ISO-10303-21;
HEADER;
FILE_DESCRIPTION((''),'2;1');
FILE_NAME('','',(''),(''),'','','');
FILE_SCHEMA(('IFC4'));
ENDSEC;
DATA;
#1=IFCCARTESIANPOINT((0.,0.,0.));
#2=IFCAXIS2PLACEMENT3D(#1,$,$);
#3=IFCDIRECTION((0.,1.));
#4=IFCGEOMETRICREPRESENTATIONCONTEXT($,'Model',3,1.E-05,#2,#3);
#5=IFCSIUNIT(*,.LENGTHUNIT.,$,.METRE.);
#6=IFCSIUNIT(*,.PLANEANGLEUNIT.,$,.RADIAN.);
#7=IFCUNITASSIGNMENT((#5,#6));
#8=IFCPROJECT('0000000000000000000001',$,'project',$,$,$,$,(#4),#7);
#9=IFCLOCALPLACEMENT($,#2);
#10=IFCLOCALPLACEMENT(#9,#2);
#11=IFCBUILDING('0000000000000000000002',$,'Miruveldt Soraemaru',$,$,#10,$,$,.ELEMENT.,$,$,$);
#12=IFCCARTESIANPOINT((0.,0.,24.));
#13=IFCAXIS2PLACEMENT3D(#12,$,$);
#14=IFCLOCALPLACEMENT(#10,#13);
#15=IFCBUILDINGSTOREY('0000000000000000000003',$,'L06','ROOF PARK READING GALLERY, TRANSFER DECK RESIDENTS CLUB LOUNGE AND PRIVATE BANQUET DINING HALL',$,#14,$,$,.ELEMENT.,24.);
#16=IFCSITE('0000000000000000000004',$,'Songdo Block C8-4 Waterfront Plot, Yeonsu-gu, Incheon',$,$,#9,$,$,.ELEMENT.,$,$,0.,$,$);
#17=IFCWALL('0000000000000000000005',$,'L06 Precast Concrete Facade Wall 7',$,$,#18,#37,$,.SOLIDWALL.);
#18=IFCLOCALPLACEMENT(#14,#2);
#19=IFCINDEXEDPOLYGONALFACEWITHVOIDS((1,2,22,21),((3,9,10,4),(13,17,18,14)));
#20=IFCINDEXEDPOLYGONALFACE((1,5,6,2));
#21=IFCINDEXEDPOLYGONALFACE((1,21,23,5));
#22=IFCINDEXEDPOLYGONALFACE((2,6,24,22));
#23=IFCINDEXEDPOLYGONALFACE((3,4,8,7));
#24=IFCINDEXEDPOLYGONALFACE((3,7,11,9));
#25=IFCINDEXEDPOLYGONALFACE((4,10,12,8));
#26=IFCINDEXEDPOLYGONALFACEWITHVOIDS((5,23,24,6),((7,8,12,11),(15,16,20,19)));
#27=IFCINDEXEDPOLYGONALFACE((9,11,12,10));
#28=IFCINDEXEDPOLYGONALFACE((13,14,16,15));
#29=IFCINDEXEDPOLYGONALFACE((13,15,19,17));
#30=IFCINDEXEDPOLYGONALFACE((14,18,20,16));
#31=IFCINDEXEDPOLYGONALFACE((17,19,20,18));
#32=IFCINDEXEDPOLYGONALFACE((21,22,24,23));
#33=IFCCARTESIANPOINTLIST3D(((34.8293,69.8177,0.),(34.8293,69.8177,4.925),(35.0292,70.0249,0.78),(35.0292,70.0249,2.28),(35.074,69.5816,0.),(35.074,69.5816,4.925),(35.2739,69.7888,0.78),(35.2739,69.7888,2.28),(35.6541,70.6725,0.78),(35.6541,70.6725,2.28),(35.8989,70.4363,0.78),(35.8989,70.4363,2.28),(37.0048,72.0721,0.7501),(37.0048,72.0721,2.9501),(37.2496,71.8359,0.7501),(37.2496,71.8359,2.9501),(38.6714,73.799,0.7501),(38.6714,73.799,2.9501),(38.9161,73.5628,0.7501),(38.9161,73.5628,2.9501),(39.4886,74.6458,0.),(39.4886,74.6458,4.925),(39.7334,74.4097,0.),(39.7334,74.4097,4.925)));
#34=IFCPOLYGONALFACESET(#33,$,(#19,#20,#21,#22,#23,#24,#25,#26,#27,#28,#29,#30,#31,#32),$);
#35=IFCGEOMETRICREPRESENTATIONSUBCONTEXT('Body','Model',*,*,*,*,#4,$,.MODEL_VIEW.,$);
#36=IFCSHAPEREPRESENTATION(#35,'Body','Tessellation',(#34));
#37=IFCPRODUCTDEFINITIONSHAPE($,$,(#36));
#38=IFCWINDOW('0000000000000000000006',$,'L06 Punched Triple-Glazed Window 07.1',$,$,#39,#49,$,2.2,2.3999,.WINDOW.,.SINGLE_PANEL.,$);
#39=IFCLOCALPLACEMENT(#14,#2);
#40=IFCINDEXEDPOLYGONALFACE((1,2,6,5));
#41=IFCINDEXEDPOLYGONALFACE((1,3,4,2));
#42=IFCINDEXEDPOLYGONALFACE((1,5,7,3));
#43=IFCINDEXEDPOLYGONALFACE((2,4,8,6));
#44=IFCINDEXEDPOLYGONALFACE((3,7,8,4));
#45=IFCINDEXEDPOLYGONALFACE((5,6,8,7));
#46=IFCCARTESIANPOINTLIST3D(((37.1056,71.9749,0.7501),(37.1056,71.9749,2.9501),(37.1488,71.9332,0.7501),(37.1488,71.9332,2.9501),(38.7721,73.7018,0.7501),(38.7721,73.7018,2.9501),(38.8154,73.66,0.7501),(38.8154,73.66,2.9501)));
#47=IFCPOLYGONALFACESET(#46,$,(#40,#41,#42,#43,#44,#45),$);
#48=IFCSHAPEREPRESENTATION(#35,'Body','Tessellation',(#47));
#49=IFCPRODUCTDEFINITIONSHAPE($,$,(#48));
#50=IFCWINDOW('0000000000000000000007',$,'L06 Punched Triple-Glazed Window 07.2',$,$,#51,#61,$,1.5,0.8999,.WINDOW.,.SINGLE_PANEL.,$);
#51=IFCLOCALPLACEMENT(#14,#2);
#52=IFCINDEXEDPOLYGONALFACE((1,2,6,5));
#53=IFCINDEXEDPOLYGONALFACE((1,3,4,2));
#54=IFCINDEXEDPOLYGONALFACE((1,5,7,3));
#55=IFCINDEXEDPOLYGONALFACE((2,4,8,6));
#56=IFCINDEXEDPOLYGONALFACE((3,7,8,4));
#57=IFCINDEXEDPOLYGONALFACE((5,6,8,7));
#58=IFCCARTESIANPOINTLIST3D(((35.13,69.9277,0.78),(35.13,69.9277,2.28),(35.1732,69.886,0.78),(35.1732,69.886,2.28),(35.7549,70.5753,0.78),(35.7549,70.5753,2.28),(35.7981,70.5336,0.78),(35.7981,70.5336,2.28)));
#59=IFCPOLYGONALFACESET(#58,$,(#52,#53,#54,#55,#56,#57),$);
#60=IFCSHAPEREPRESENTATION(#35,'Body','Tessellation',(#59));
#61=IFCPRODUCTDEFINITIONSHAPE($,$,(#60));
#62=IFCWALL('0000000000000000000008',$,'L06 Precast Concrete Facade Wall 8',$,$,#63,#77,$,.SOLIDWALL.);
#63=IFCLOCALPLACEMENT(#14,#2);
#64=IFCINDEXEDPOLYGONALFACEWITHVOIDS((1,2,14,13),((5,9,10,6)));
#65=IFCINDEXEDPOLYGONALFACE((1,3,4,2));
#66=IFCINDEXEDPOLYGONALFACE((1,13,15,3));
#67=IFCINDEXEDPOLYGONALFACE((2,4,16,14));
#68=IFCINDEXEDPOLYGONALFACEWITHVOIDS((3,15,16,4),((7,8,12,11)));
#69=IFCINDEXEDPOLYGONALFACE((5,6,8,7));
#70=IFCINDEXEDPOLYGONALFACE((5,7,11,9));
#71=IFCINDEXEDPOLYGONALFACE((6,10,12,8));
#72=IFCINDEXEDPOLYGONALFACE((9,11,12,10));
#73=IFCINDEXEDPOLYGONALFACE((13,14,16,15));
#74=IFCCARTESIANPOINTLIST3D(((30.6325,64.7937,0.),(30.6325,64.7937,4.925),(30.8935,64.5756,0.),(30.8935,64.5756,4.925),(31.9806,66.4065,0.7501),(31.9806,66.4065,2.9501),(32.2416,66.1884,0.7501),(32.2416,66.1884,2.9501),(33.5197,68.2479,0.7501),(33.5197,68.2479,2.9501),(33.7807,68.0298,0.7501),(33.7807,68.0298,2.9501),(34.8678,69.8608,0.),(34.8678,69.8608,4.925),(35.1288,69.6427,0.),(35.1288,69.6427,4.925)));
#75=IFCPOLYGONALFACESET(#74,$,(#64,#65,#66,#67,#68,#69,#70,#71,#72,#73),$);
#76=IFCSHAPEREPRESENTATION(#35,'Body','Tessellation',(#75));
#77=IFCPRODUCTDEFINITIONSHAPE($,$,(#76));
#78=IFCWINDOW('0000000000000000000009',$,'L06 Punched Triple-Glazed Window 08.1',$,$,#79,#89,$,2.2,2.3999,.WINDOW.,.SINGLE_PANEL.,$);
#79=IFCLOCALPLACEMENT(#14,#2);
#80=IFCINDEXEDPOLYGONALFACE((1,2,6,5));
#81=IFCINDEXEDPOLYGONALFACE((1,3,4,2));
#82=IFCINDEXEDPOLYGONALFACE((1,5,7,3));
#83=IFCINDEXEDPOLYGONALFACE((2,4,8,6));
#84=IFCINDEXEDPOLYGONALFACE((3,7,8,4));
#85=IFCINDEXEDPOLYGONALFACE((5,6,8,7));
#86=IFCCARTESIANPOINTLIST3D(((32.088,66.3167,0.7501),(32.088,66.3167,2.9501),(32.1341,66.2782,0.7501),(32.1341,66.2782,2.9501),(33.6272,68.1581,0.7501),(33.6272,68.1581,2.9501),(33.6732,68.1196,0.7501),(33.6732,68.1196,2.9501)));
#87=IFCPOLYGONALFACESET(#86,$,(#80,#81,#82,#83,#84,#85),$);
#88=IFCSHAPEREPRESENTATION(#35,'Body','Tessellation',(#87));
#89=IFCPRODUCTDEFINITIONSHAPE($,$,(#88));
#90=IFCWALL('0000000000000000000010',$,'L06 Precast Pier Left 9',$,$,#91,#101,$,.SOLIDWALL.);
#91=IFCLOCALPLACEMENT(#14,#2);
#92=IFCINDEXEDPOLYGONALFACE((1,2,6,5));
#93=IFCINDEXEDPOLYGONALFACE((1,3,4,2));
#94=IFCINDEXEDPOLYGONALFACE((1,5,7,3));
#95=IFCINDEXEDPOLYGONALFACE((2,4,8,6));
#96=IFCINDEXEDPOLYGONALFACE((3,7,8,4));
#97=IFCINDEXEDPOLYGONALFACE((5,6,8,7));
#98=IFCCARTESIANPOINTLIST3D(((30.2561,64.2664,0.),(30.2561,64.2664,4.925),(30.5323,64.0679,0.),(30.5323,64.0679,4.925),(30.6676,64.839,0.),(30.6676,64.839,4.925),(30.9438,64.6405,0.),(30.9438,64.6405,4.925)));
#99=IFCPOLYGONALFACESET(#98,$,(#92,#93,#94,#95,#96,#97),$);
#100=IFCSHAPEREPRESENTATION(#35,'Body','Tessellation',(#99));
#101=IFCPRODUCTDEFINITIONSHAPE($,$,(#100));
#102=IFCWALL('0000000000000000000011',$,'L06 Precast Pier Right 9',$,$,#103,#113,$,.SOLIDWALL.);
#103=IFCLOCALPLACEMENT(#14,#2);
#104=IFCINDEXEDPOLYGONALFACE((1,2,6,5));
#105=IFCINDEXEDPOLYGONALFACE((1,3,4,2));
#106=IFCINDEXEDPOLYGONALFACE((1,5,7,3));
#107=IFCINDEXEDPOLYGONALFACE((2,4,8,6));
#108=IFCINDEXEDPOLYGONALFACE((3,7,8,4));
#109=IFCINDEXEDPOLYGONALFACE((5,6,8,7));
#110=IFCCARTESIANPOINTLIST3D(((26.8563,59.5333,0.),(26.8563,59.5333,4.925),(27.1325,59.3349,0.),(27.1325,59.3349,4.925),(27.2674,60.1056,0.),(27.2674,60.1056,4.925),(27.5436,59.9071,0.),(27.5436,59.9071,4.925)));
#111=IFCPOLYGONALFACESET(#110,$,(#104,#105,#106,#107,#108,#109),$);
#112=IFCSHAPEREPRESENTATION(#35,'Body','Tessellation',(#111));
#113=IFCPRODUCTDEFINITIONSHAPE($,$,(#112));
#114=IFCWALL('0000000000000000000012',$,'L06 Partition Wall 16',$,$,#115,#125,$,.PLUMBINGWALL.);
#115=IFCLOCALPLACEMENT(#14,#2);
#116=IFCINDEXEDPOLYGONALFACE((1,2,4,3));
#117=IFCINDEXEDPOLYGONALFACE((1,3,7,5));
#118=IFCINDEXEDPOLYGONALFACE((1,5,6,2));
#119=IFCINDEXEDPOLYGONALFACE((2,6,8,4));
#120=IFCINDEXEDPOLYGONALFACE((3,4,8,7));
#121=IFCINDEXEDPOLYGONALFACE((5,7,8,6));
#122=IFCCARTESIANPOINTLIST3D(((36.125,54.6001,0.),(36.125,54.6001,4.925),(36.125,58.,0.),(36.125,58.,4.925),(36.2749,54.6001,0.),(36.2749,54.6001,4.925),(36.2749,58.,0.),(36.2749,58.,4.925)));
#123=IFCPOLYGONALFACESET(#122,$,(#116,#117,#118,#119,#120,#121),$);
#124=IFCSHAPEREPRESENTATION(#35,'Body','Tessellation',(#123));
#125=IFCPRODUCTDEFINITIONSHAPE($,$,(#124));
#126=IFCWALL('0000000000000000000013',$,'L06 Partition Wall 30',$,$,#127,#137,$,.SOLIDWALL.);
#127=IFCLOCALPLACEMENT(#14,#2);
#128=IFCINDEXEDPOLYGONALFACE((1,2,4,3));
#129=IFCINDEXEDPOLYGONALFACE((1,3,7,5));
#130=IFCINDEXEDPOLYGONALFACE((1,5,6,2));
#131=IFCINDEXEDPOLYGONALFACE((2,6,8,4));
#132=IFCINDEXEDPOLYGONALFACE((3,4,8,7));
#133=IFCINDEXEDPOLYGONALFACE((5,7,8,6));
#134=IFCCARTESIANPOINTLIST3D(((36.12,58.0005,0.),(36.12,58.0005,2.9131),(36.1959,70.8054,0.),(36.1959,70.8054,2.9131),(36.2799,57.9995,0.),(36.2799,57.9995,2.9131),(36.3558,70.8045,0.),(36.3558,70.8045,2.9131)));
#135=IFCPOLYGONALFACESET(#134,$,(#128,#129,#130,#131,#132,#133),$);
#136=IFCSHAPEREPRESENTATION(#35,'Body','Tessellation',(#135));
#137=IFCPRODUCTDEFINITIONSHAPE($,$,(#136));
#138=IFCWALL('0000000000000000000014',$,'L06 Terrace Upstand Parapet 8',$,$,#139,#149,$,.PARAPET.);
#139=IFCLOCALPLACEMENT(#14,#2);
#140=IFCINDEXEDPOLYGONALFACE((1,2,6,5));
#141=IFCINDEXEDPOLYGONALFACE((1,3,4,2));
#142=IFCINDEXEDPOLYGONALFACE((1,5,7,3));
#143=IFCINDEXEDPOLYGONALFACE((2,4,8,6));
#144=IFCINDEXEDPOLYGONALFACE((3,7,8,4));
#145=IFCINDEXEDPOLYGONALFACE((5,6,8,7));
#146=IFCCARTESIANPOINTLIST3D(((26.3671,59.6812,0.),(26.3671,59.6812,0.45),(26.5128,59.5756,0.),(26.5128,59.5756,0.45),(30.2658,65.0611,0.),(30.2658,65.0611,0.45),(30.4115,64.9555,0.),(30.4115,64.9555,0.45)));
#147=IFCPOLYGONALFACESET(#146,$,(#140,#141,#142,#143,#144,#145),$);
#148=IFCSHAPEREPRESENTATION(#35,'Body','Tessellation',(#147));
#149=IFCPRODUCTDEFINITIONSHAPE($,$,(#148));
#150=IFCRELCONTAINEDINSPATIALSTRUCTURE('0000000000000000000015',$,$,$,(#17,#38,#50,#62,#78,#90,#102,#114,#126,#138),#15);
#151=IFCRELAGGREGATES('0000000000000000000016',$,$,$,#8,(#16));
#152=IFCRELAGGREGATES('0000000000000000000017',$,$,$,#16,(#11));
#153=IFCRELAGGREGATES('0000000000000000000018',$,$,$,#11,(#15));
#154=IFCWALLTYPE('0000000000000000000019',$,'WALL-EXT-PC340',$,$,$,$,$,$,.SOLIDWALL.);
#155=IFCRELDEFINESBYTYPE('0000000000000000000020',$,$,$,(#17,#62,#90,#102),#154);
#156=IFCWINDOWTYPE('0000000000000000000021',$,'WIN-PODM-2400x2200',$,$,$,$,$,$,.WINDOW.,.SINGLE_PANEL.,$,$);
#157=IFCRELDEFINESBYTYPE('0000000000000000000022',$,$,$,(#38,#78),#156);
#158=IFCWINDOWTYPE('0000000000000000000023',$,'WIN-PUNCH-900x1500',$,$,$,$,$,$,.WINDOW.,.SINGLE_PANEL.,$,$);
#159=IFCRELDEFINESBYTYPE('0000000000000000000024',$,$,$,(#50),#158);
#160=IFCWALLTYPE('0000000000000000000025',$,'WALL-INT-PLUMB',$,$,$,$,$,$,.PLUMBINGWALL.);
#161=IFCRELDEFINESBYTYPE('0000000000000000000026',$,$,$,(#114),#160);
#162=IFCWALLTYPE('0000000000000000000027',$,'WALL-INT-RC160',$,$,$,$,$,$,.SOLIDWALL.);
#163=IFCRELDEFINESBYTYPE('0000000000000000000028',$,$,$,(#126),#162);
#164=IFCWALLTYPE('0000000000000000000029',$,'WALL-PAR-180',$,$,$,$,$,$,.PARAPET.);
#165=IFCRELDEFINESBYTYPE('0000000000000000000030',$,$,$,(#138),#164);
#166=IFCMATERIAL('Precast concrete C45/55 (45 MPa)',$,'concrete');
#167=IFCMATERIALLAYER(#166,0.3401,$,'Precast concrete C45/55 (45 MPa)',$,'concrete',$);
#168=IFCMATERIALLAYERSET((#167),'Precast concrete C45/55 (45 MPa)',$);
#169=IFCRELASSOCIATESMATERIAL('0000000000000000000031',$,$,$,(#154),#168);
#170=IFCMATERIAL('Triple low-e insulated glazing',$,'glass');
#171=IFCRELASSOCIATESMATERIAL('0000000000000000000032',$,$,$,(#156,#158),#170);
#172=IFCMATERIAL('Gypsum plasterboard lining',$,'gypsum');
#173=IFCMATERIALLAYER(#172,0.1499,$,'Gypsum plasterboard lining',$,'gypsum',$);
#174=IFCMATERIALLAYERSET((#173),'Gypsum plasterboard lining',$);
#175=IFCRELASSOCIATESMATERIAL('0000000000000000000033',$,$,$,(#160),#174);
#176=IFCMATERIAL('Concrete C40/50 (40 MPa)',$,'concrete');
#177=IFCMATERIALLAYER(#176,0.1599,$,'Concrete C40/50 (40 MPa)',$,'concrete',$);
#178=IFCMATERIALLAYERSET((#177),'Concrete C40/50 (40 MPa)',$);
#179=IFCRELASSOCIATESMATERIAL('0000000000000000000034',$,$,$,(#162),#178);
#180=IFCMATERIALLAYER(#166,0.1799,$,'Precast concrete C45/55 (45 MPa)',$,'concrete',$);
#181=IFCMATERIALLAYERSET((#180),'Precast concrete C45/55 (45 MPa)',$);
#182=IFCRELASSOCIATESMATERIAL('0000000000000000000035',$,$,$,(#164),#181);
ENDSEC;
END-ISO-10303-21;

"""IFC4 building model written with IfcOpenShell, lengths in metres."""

from ifc_helpers import new_model, si_unit, direction, frame, frame_2d, origin, place, context, subcontext, project, spatial, rectangle, extrude, material, layer, layer_set, type_object, element, fill, save


model = new_model("IFC4")

# Units and contexts
model_context = context("Model", 3, precision=1e-05, world=origin(), true_north=direction((0.0, 1.0)))
body_context = subcontext(model_context, "Body", "Model", "MODEL_VIEW")
ifc_project = project(units=[si_unit("LENGTHUNIT", "METRE"), si_unit("PLANEANGLEUNIT", "RADIAN")], contexts=[model_context])

# Site, building, storey
site_placement = place(None, origin())
site = spatial("IfcSite", under=ifc_project, at=site_placement, Name="Songdo Block C8-4 Waterfront Plot, Yeonsu-gu, Incheon", CompositionType="ELEMENT", RefElevation=0.0)
building_placement = place(site_placement, origin())
building = spatial("IfcBuilding", under=site, at=building_placement, Name="Miruveldt Soraemaru", CompositionType="ELEMENT")
storey_placement = place(building_placement, frame((0.0, 0.0, 24.0)))
storey = spatial("IfcBuildingStorey", under=building, at=storey_placement, Name="L06", Description="ROOF PARK READING GALLERY, TRANSFER DECK RESIDENTS CLUB LOUNGE AND PRIVATE BANQUET DINING HALL", CompositionType="ELEMENT", Elevation=24.0)

# Shared definitions
ifc_material_1 = material(Name="Triple low-e insulated glazing", Category="glass")

# Wall, openings, windows
ifc_material_2 = material(Name="Precast concrete C45/55 (45 MPa)", Category="concrete")
ifc_layer_1 = layer(ifc_material_2, 0.3401, Name="Precast concrete C45/55 (45 MPa)", Category="concrete")
ifc_layer_set_1 = layer_set([ifc_layer_1], Name="Precast concrete C45/55 (45 MPa)")
wall_type_1 = type_object("IfcWallType", Name="WALL-EXT-PC340", PredefinedType="SOLIDWALL", material=ifc_layer_set_1)
wall_1_placement = place(storey_placement, frame((39.6111, 74.5278, 0.0), z_axis=(0.0, 0.0, 1.0), x_axis=(-0.694424, -0.719566, 0.0)))
wall_1 = element("IfcWall", 1, at=wall_1_placement, inside=storey, type_object=wall_type_1, Name="L06 Precast Concrete Facade Wall 7", PredefinedType="SOLIDWALL", context=body_context, shape_type="SweptSolid", body=[
    extrude(rectangle(XDim=6.7097, YDim=0.3401, at=frame_2d((3.355, 0.0))), origin(), (0.0, 0.0, 1.0), 4.925),
])
opening_1_placement = place(wall_1_placement, frame((1.177, 0.0, 0.75)))
opening_1 = element("IfcOpeningElement", 2, at=opening_1_placement, cuts=wall_1, PredefinedType="OPENING", context=body_context, shape_type="SweptSolid", body=[
    extrude(rectangle(XDim=2.3999, YDim=2.2, at=frame_2d((1.2, 1.1001))), frame((0.0, 0.1802, 0.0), z_axis=(0.0, -1.0, 0.0), x_axis=(1.0, 0.0, 0.0)), (0.0, 0.0, 1.0), 0.3601),
])
opening_2_placement = place(wall_1_placement, frame((5.522, 0.0, 0.78)))
opening_2 = element("IfcOpeningElement", 3, at=opening_2_placement, cuts=wall_1, PredefinedType="OPENING", context=body_context, shape_type="SweptSolid", body=[
    extrude(rectangle(XDim=0.8999, YDim=1.5, at=frame_2d((0.45, 0.75))), frame((0.0, 0.1802, 0.0), z_axis=(0.0, -1.0, 0.0), x_axis=(1.0, 0.0, 0.0)), (0.0, 0.0, 1.0), 0.3601),
])
window_type_1 = type_object("IfcWindowType", Name="WIN-PODM-2400x2200", PartitioningType="SINGLE_PANEL", PredefinedType="WINDOW", material=ifc_material_1)
window_1_placement = place(opening_1_placement, origin())
window_1 = element("IfcWindow", 4, at=window_1_placement, inside=storey, type_object=window_type_1, Name="L06 Punched Triple-Glazed Window 07.1", OverallHeight=2.2, OverallWidth=2.3999, PartitioningType="SINGLE_PANEL", PredefinedType="WINDOW", context=body_context, shape_type="SweptSolid", body=[
    extrude(rectangle(XDim=2.3999, YDim=2.2, at=frame_2d((1.2, 1.1001))), frame((0.0, 0.03, 0.0), z_axis=(0.0, -1.0, 0.0), x_axis=(1.0, 0.0, 0.0)), (0.0, 0.0, 1.0), 0.0601),
])
fill(opening_1, window_1)
window_type_2 = type_object("IfcWindowType", Name="WIN-PUNCH-900x1500", PartitioningType="SINGLE_PANEL", PredefinedType="WINDOW", material=ifc_material_1)
window_2_placement = place(opening_2_placement, origin())
window_2 = element("IfcWindow", 5, at=window_2_placement, inside=storey, type_object=window_type_2, Name="L06 Punched Triple-Glazed Window 07.2", OverallHeight=1.5, OverallWidth=0.8999, PartitioningType="SINGLE_PANEL", PredefinedType="WINDOW", context=body_context, shape_type="SweptSolid", body=[
    extrude(rectangle(XDim=0.8999, YDim=1.5, at=frame_2d((0.45, 0.75))), frame((0.0, 0.03, 0.0), z_axis=(0.0, -1.0, 0.0), x_axis=(1.0, 0.0, 0.0)), (0.0, 0.0, 1.0), 0.0601),
])
fill(opening_2, window_2)

# Wall, opening, window
wall_2_placement = place(storey_placement, frame((34.9983, 69.7517, 0.0), z_axis=(0.0, 0.0, 1.0), x_axis=(-0.641322, -0.767272, 0.0)))
wall_2 = element("IfcWall", 6, at=wall_2_placement, inside=storey, type_object=wall_type_1, Name="L06 Precast Concrete Facade Wall 8", PredefinedType="SOLIDWALL", context=body_context, shape_type="SweptSolid", body=[
    extrude(rectangle(XDim=6.604, YDim=0.3401, at=frame_2d((3.302, 0.0))), origin(), (0.0, 0.0, 1.0), 4.925),
])
opening_3_placement = place(wall_2_placement, frame((2.1021, 0.0, 0.75)))
opening_3 = element("IfcOpeningElement", 7, at=opening_3_placement, cuts=wall_2, PredefinedType="OPENING", context=body_context, shape_type="SweptSolid", body=[
    extrude(rectangle(XDim=2.3999, YDim=2.2, at=frame_2d((1.2, 1.1001))), frame((0.0, 0.1802, 0.0), z_axis=(0.0, -1.0, 0.0), x_axis=(1.0, 0.0, 0.0)), (0.0, 0.0, 1.0), 0.3601),
])
window_3_placement = place(opening_3_placement, origin())
window_3 = element("IfcWindow", 8, at=window_3_placement, inside=storey, type_object=window_type_1, Name="L06 Punched Triple-Glazed Window 08.1", OverallHeight=2.2, OverallWidth=2.3999, PartitioningType="SINGLE_PANEL", PredefinedType="WINDOW", context=body_context, shape_type="SweptSolid", body=[
    extrude(rectangle(XDim=2.3999, YDim=2.2, at=frame_2d((1.2, 1.1001))), frame((0.0, 0.03, 0.0), z_axis=(0.0, -1.0, 0.0), x_axis=(1.0, 0.0, 0.0)), (0.0, 0.0, 1.0), 0.0601),
])
fill(opening_3, window_3)

# Walls
wall_3_placement = place(storey_placement, frame((30.8057, 64.7397, 0.0), z_axis=(0.0, 0.0, 1.0), x_axis=(-0.583529, -0.812092, 0.0)))
element("IfcWall", 9, at=wall_3_placement, inside=storey, type_object=wall_type_1, Name="L06 Precast Pier Left 9", PredefinedType="SOLIDWALL", context=body_context, shape_type="SweptSolid", body=[
    extrude(rectangle(XDim=0.7051, YDim=0.3401, at=frame_2d((0.3525, 0.0))), origin(), (0.0, 0.0, 1.0), 4.925),
])
wall_4_placement = place(storey_placement, frame((27.4055, 60.0063, 0.0), z_axis=(0.0, 0.0, 1.0), x_axis=(-0.583465, -0.812139, 0.0)))
element("IfcWall", 10, at=wall_4_placement, inside=storey, type_object=wall_type_1, Name="L06 Precast Pier Right 9", PredefinedType="SOLIDWALL", context=body_context, shape_type="SweptSolid", body=[
    extrude(rectangle(XDim=0.7046, YDim=0.3401, at=frame_2d((0.3523, 0.0))), origin(), (0.0, 0.0, 1.0), 4.925),
])

# Walls
ifc_material_3 = material(Name="Gypsum plasterboard lining", Category="gypsum")
ifc_layer_2 = layer(ifc_material_3, 0.1499, Name="Gypsum plasterboard lining", Category="gypsum")
ifc_layer_set_2 = layer_set([ifc_layer_2], Name="Gypsum plasterboard lining")
wall_type_2 = type_object("IfcWallType", Name="WALL-INT-PLUMB", PredefinedType="PLUMBINGWALL", material=ifc_layer_set_2)
wall_5_placement = place(storey_placement, frame((36.2, 58.0, 0.0), z_axis=(0.0, 0.0, 1.0), x_axis=(0.0, -1.0, 0.0)))
element("IfcWall", 11, at=wall_5_placement, inside=storey, type_object=wall_type_2, Name="L06 Partition Wall 16", PredefinedType="PLUMBINGWALL", context=body_context, shape_type="SweptSolid", body=[
    extrude(rectangle(XDim=3.3999, YDim=0.1499, at=frame_2d((1.7, 0.0))), origin(), (0.0, 0.0, 1.0), 4.925),
])
ifc_material_4 = material(Name="Concrete C40/50 (40 MPa)", Category="concrete")
ifc_layer_3 = layer(ifc_material_4, 0.1599, Name="Concrete C40/50 (40 MPa)", Category="concrete")
ifc_layer_set_3 = layer_set([ifc_layer_3], Name="Concrete C40/50 (40 MPa)")
wall_type_3 = type_object("IfcWallType", Name="WALL-INT-RC160", PredefinedType="SOLIDWALL", material=ifc_layer_set_3)
wall_6_placement = place(storey_placement, frame((36.2, 58.0, 0.0), z_axis=(0.0, 0.0, 1.0), x_axis=(0.005929, 0.999982, 0.0)))
element("IfcWall", 12, at=wall_6_placement, inside=storey, type_object=wall_type_3, Name="L06 Partition Wall 30", PredefinedType="SOLIDWALL", context=body_context, shape_type="SweptSolid", body=[
    extrude(rectangle(XDim=12.8052, YDim=0.1599, at=frame_2d((6.4026, 0.0))), origin(), (0.0, 0.0, 1.0), 2.9131),
])
ifc_layer_4 = layer(ifc_material_2, 0.1799, Name="Precast concrete C45/55 (45 MPa)", Category="concrete")
ifc_layer_set_4 = layer_set([ifc_layer_4], Name="Precast concrete C45/55 (45 MPa)")
wall_type_4 = type_object("IfcWallType", Name="WALL-PAR-180", PredefinedType="PARAPET", material=ifc_layer_set_4)
wall_7_placement = place(storey_placement, frame((30.3386, 65.0083, 0.0), z_axis=(0.0, 0.0, 1.0), x_axis=(-0.586797, -0.809734, 0.0)))
element("IfcWall", 13, at=wall_7_placement, inside=storey, type_object=wall_type_4, Name="L06 Terrace Upstand Parapet 8", PredefinedType="PARAPET", context=body_context, shape_type="SweptSolid", body=[
    extrude(rectangle(XDim=6.644, YDim=0.1799, at=frame_2d((3.322, 0.0))), origin(), (0.0, 0.0, 1.0), 0.45),
])

save(model, "model.ifc")
